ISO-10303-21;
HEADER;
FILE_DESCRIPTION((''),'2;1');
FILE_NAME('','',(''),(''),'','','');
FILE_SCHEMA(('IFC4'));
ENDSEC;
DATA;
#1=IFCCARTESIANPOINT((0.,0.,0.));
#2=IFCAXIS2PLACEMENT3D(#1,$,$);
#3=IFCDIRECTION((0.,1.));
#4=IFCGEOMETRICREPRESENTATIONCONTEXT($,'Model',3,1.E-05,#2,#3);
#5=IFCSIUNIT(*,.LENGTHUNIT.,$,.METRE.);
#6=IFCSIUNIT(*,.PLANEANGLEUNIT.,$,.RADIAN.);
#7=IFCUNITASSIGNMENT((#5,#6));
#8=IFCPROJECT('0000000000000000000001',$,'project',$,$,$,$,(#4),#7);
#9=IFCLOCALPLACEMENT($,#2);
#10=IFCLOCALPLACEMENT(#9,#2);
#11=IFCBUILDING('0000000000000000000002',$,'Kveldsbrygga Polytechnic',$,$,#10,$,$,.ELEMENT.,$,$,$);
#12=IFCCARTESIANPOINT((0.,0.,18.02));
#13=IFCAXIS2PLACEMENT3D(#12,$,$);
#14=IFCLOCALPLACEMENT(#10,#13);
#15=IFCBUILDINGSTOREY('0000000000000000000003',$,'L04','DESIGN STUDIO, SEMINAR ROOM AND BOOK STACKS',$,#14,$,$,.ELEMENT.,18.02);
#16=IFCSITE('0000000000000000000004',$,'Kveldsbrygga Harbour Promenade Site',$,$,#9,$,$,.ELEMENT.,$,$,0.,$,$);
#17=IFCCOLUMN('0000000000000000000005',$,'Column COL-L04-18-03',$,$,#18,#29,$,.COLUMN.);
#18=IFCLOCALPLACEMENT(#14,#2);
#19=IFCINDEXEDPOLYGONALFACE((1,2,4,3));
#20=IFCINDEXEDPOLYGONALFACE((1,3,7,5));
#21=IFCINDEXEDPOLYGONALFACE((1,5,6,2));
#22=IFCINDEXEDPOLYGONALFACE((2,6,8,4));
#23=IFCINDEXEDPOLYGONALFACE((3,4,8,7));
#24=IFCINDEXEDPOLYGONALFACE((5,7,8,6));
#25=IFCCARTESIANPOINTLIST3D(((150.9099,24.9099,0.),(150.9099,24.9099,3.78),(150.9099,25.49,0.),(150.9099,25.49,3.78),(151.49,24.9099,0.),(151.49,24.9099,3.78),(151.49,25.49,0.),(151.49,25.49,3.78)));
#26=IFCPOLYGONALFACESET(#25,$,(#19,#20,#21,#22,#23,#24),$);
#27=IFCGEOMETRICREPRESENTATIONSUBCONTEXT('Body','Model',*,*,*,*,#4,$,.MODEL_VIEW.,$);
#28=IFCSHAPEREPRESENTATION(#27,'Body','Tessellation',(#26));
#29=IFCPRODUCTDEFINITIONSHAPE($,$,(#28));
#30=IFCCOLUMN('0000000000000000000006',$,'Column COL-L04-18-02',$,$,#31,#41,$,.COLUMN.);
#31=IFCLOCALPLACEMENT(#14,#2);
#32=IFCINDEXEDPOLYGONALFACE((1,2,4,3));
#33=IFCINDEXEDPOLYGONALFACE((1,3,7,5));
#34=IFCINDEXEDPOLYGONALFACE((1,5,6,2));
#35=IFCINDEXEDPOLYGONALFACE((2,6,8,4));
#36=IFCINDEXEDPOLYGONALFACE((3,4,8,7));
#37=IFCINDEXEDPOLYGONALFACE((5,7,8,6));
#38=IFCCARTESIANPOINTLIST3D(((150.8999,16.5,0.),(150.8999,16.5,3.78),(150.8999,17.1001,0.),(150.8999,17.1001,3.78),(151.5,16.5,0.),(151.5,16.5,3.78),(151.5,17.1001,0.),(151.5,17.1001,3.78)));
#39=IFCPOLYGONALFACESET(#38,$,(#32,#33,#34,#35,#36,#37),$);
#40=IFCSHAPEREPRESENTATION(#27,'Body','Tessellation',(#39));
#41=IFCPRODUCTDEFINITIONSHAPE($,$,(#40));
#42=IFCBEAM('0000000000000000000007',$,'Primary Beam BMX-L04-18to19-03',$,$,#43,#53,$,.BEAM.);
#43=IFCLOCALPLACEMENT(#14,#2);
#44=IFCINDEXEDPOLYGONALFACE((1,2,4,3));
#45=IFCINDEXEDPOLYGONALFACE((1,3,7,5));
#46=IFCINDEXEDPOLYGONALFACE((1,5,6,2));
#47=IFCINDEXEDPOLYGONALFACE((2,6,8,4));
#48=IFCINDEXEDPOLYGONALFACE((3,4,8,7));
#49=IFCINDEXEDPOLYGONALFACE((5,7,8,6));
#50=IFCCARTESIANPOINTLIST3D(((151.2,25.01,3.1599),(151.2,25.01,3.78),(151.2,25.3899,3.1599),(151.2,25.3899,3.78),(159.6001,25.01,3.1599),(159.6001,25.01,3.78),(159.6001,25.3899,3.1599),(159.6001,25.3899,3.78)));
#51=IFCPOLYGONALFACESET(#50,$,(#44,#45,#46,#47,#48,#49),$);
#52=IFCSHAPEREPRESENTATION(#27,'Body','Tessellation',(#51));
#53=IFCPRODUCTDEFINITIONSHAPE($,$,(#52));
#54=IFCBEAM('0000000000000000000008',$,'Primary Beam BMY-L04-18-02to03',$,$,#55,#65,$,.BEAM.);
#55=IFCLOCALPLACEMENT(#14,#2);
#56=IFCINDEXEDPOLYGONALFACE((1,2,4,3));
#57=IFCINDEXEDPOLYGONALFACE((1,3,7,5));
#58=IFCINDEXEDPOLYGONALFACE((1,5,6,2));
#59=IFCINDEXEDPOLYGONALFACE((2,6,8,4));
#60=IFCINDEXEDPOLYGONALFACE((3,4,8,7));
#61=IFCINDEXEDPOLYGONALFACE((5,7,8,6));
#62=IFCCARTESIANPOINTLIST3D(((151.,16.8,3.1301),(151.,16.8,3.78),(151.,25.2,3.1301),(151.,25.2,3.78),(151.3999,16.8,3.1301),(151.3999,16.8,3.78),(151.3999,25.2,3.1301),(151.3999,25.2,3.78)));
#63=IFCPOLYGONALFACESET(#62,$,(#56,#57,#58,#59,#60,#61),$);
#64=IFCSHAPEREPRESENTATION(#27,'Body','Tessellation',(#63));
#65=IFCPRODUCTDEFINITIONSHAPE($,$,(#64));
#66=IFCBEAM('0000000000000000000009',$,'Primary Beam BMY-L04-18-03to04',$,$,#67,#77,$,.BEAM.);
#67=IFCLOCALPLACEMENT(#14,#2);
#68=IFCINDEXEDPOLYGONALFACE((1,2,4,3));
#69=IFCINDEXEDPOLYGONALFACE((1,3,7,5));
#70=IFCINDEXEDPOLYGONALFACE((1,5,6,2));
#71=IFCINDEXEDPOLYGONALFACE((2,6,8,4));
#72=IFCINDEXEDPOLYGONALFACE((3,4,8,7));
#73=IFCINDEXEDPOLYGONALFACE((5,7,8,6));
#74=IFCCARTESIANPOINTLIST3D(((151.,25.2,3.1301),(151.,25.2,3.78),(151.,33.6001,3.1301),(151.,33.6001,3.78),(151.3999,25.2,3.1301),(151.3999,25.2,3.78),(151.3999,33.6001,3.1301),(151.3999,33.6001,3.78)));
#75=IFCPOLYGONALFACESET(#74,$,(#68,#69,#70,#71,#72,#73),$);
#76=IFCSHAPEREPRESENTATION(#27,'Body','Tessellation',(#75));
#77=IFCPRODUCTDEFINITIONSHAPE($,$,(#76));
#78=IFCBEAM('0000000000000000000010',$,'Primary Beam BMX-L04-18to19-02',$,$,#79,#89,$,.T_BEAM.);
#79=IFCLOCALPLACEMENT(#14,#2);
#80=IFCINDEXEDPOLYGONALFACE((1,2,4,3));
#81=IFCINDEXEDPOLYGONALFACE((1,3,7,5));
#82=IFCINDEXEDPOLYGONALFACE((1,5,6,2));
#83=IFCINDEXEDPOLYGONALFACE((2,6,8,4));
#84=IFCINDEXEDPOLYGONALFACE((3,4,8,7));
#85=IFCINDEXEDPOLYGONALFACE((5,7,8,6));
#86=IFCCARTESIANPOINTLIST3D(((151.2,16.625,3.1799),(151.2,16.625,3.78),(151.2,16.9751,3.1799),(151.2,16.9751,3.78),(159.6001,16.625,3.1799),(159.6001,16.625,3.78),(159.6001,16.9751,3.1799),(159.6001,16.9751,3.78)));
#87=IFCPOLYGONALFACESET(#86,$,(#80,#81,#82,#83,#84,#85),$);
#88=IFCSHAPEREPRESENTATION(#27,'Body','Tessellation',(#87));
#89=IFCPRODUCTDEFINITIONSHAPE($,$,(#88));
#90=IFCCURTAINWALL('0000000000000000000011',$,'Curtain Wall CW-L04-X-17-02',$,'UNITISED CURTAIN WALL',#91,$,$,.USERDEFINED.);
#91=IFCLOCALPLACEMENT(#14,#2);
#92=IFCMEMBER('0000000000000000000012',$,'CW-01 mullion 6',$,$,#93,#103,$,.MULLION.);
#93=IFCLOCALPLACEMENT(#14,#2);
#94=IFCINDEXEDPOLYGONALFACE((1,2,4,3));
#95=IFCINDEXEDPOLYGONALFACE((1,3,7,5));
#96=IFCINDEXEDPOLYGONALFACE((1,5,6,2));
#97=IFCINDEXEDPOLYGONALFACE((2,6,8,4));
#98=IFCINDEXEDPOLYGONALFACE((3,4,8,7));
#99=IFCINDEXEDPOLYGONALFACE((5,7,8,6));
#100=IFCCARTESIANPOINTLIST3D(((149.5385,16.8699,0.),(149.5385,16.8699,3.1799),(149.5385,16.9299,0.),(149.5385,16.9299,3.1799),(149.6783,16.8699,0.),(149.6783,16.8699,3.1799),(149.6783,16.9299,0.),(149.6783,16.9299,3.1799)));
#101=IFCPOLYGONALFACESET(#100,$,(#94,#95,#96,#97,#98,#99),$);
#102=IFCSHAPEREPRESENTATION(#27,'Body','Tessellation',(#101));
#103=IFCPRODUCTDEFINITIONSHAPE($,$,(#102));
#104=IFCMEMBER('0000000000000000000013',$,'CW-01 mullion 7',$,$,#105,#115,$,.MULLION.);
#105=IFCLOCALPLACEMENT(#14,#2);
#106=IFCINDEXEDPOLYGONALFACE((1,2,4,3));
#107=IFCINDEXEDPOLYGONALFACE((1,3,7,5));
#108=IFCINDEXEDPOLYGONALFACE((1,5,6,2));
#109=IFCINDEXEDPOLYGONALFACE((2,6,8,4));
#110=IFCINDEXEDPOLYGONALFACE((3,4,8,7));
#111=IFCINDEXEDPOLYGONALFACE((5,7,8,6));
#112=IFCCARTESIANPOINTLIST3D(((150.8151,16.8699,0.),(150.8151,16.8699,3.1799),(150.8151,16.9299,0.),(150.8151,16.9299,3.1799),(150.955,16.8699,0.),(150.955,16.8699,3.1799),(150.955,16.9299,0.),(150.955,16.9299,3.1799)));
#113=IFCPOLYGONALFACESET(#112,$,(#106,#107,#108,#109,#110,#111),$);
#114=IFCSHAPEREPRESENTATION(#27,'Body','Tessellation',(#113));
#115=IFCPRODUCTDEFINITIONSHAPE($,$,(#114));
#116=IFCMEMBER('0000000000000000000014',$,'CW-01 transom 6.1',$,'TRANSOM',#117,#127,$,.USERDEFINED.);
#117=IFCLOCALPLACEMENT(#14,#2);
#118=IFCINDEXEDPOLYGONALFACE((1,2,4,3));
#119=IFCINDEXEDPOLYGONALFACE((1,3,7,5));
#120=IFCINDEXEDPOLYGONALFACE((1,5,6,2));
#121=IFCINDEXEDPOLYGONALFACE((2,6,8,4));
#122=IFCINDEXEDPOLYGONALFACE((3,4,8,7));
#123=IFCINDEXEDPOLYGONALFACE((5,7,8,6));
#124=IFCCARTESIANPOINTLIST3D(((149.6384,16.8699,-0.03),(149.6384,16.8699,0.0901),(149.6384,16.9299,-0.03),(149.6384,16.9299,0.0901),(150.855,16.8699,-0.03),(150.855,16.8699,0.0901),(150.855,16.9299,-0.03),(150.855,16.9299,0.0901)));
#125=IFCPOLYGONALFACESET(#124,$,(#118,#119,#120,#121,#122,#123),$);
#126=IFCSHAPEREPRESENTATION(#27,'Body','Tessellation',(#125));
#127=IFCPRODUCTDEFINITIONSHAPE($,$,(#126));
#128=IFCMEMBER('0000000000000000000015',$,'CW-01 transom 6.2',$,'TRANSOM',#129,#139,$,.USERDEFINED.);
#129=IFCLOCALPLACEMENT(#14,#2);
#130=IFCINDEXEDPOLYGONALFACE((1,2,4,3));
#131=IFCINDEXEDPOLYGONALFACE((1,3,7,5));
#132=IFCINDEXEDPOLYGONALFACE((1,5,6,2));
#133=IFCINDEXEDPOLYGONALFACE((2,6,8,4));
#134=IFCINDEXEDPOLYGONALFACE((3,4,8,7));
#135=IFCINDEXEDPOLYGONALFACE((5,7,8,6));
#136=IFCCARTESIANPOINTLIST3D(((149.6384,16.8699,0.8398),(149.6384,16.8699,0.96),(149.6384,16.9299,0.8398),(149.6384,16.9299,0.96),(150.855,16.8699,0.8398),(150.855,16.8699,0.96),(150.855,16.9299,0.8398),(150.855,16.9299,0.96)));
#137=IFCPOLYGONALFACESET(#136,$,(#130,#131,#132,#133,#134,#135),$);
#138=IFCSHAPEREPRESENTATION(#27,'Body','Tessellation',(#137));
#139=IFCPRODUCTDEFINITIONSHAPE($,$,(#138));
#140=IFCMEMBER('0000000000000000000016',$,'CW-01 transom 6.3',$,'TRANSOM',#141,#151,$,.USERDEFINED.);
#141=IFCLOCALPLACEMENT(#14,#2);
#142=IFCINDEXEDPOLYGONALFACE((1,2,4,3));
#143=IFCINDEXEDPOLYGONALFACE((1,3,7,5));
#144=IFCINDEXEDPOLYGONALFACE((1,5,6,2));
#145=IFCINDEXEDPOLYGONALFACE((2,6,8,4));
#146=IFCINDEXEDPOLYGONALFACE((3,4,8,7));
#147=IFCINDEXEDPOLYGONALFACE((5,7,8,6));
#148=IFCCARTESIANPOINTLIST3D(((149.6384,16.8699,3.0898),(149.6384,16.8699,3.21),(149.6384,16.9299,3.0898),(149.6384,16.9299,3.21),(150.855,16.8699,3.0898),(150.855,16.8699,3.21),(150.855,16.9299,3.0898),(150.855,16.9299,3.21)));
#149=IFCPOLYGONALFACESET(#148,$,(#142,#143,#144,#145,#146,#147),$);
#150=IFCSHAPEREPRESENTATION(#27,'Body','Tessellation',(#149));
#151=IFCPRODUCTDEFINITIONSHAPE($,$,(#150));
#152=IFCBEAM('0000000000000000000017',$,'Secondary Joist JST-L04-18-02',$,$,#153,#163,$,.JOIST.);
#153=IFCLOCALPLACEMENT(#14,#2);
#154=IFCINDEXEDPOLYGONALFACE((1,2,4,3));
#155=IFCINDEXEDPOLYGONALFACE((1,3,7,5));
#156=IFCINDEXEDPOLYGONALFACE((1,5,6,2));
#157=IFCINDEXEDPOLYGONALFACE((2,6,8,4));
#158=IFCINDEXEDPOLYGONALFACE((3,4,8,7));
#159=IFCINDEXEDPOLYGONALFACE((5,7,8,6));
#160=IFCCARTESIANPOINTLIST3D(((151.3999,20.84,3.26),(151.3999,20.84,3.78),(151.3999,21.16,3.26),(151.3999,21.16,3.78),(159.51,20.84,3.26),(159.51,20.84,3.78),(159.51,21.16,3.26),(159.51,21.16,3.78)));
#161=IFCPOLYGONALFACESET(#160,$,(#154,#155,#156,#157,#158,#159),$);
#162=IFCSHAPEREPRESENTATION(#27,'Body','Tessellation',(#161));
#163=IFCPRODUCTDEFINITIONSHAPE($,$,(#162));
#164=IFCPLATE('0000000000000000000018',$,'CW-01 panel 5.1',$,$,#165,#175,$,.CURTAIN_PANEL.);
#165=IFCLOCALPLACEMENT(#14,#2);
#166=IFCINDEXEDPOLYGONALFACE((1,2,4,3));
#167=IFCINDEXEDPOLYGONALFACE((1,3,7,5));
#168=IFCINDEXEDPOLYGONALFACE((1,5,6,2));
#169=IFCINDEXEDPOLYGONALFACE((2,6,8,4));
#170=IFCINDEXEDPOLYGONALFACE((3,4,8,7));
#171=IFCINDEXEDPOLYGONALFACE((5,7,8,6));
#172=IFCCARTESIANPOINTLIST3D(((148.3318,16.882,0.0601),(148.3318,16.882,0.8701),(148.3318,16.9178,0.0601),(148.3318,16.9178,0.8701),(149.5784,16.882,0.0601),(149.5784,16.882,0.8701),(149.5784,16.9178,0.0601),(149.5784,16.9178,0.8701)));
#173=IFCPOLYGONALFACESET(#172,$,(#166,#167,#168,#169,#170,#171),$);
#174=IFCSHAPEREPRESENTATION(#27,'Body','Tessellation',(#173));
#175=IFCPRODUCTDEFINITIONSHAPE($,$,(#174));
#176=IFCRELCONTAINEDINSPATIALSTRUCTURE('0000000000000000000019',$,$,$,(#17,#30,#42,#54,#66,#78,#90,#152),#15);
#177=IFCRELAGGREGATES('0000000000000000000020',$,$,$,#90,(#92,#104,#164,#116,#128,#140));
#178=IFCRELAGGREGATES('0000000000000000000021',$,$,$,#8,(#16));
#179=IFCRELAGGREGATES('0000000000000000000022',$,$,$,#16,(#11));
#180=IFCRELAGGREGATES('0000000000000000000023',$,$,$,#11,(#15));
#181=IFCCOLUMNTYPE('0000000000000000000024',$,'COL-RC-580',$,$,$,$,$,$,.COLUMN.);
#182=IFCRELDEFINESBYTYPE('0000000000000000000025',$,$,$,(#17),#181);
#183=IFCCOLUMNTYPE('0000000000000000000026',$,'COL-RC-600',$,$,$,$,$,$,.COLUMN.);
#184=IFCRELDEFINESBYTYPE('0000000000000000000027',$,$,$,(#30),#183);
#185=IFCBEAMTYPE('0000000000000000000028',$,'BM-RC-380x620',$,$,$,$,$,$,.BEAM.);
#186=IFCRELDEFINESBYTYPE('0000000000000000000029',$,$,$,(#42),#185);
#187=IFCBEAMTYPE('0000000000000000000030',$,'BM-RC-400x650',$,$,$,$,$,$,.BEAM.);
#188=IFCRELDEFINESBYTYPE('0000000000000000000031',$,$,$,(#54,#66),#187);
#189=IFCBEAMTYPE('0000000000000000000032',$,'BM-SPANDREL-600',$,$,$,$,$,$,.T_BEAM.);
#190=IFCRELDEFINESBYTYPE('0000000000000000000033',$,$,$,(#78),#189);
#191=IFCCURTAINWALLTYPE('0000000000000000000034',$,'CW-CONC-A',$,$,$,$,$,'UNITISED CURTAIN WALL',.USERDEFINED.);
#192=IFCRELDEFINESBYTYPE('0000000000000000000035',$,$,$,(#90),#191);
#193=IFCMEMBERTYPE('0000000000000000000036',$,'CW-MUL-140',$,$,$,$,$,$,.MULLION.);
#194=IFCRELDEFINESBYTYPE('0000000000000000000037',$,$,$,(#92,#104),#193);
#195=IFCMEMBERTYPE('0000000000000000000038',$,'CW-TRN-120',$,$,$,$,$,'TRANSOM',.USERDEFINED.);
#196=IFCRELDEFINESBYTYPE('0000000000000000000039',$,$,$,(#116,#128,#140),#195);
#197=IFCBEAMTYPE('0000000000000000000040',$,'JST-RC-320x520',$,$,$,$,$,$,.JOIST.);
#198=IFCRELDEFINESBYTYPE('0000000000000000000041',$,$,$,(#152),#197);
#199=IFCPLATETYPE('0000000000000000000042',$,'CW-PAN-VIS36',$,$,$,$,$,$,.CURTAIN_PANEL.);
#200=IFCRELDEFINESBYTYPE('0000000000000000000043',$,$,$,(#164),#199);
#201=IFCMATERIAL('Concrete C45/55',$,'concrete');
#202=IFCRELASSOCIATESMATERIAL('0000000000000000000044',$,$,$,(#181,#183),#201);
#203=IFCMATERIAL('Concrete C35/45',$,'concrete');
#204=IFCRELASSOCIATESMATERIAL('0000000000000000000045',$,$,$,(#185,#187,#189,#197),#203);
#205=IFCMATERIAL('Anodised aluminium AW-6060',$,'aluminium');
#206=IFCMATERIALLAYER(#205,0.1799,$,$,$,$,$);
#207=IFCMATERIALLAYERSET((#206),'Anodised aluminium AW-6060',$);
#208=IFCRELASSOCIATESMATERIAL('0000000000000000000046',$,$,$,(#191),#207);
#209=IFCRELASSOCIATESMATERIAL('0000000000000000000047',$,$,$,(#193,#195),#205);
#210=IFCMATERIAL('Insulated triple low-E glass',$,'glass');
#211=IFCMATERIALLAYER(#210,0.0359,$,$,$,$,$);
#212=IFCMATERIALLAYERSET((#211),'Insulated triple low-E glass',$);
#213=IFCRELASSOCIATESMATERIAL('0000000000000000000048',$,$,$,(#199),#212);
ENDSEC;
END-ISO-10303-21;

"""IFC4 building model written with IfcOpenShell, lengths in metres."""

from ifc_helpers import new_model, si_unit, direction, frame, origin, origin_2d, place, context, subcontext, project, spatial, rectangle, extrude, material, layer, layer_set, material_profile, profile_set, type_object, element, aggregate, save


model = new_model("IFC4")

# Units and contexts
model_context = context("Model", 3, precision=1e-05, world=origin(), true_north=direction((0.0, 1.0)))
body_context = subcontext(model_context, "Body", "Model", "MODEL_VIEW")
ifc_project = project(units=[si_unit("LENGTHUNIT", "METRE"), si_unit("PLANEANGLEUNIT", "RADIAN")], contexts=[model_context])

# Site, building, storey
site_placement = place(None, origin())
site = spatial("IfcSite", under=ifc_project, at=site_placement, Name="Kveldsbrygga Harbour Promenade Site", CompositionType="ELEMENT", RefElevation=0.0)
building_placement = place(site_placement, origin())
building = spatial("IfcBuilding", under=site, at=building_placement, Name="Kveldsbrygga Polytechnic", CompositionType="ELEMENT")
storey_placement = place(building_placement, frame((0.0, 0.0, 18.02)))
storey = spatial("IfcBuildingStorey", under=building, at=storey_placement, Name="L04", Description="DESIGN STUDIO, SEMINAR ROOM AND BOOK STACKS", CompositionType="ELEMENT", Elevation=18.02)

# Columns
ifc_material_1 = material(Name="Concrete C45/55", Category="concrete")
ifc_material_profile_1 = material_profile(ifc_material_1, rectangle(XDim=0.5801, YDim=0.5801, at=origin_2d()), Name="RC 580x580")
ifc_profile_set_1 = profile_set([ifc_material_profile_1], Name="Concrete C45/55")
column_type_1 = type_object("IfcColumnType", Name="COL-RC-580", PredefinedType="COLUMN", material=ifc_profile_set_1)
column_1_placement = place(storey_placement, frame((151.2, 25.2, 0.0), z_axis=(0.0, 0.0, 1.0), x_axis=(1.0, 0.0, 0.0)))
element("IfcColumn", 1, at=column_1_placement, inside=storey, type_object=column_type_1, Name="Column COL-L04-18-03", PredefinedType="COLUMN", context=body_context, shape_type="SweptSolid", body=[
    extrude(rectangle(XDim=0.5801, YDim=0.5801, at=origin_2d()), origin(), (0.0, 0.0, 1.0), 3.78),
])
ifc_material_profile_2 = material_profile(ifc_material_1, rectangle(XDim=0.6001, YDim=0.6001, at=origin_2d()), Name="RC 600x600")
ifc_profile_set_2 = profile_set([ifc_material_profile_2], Name="Concrete C45/55")
column_type_2 = type_object("IfcColumnType", Name="COL-RC-600", PredefinedType="COLUMN", material=ifc_profile_set_2)
column_2_placement = place(storey_placement, frame((151.2, 16.8, 0.0), z_axis=(0.0, 0.0, 1.0), x_axis=(1.0, 0.0, 0.0)))
element("IfcColumn", 2, at=column_2_placement, inside=storey, type_object=column_type_2, Name="Column COL-L04-18-02", PredefinedType="COLUMN", context=body_context, shape_type="SweptSolid", body=[
    extrude(rectangle(XDim=0.6001, YDim=0.6001, at=origin_2d()), origin(), (0.0, 0.0, 1.0), 3.78),
])

# Beams
ifc_material_2 = material(Name="Concrete C35/45", Category="concrete")
ifc_material_profile_3 = material_profile(ifc_material_2, rectangle(XDim=0.3799, YDim=0.6201, at=origin_2d()), Name="RC 380x620")
ifc_profile_set_3 = profile_set([ifc_material_profile_3], Name="Concrete C35/45")
beam_type_1 = type_object("IfcBeamType", Name="BM-RC-380x620", PredefinedType="BEAM", material=ifc_profile_set_3)
beam_1_placement = place(storey_placement, frame((151.2, 25.2, 3.47), z_axis=(1.0, 0.0, 0.0), x_axis=(0.0, 1.0, 0.0)))
element("IfcBeam", 3, at=beam_1_placement, inside=storey, type_object=beam_type_1, Name="Primary Beam BMX-L04-18to19-03", PredefinedType="BEAM", context=body_context, shape_type="SweptSolid", body=[
    extrude(rectangle(XDim=0.3799, YDim=0.6201, at=origin_2d()), origin(), (0.0, 0.0, 1.0), 8.4001),
])
ifc_material_profile_4 = material_profile(ifc_material_2, rectangle(XDim=0.3999, YDim=0.6499, at=origin_2d()), Name="RC 400x650")
ifc_profile_set_4 = profile_set([ifc_material_profile_4], Name="Concrete C35/45")
beam_type_2 = type_object("IfcBeamType", Name="BM-RC-400x650", PredefinedType="BEAM", material=ifc_profile_set_4)
beam_2_placement = place(storey_placement, frame((151.2, 16.8, 3.4551), z_axis=(0.0, 1.0, 0.0), x_axis=(-1.0, 0.0, 0.0)))
element("IfcBeam", 4, at=beam_2_placement, inside=storey, type_object=beam_type_2, Name="Primary Beam BMY-L04-18-02to03", PredefinedType="BEAM", context=body_context, shape_type="SweptSolid", body=[
    extrude(rectangle(XDim=0.3999, YDim=0.6499, at=origin_2d()), origin(), (0.0, 0.0, 1.0), 8.3999),
])
beam_3_placement = place(storey_placement, frame((151.2, 25.2, 3.4551), z_axis=(0.0, 1.0, 0.0), x_axis=(-1.0, 0.0, 0.0)))
element("IfcBeam", 5, at=beam_3_placement, inside=storey, type_object=beam_type_2, Name="Primary Beam BMY-L04-18-03to04", PredefinedType="BEAM", context=body_context, shape_type="SweptSolid", body=[
    extrude(rectangle(XDim=0.3999, YDim=0.6499, at=origin_2d()), origin(), (0.0, 0.0, 1.0), 8.4001),
])
ifc_material_profile_5 = material_profile(ifc_material_2, rectangle(XDim=0.3501, YDim=0.6001, at=origin_2d()), Name="RC 350x600")
ifc_profile_set_5 = profile_set([ifc_material_profile_5], Name="Concrete C35/45")
beam_type_3 = type_object("IfcBeamType", Name="BM-SPANDREL-600", PredefinedType="T_BEAM", material=ifc_profile_set_5)
beam_4_placement = place(storey_placement, frame((151.2, 16.8, 3.48), z_axis=(1.0, 0.0, 0.0), x_axis=(0.0, 1.0, 0.0)))
element("IfcBeam", 6, at=beam_4_placement, inside=storey, type_object=beam_type_3, Name="Primary Beam BMX-L04-18to19-02", PredefinedType="T_BEAM", context=body_context, shape_type="SweptSolid", body=[
    extrude(rectangle(XDim=0.3501, YDim=0.6001, at=origin_2d()), origin(), (0.0, 0.0, 1.0), 8.4001),
])

# Curtain wall, members
ifc_material_3 = material(Name="Anodised aluminium AW-6060", Category="aluminium")
ifc_layer_1 = layer(ifc_material_3, 0.1799)
ifc_layer_set_1 = layer_set([ifc_layer_1], Name="Anodised aluminium AW-6060")
curtain_wall_type = type_object("IfcCurtainWallType", Name="CW-CONC-A", ElementType="UNITISED CURTAIN WALL", PredefinedType="USERDEFINED", material=ifc_layer_set_1)
curtain_wall_placement = place(storey_placement, origin())
curtain_wall = element("IfcCurtainWall", 7, at=curtain_wall_placement, inside=storey, type_object=curtain_wall_type, Name="Curtain Wall CW-L04-X-17-02", ObjectType="UNITISED CURTAIN WALL", PredefinedType="USERDEFINED")
ifc_material_profile_6 = material_profile(ifc_material_3, rectangle(XDim=0.0601, YDim=0.1399, at=origin_2d()), Name="ALU 60x140")
ifc_profile_set_6 = profile_set([ifc_material_profile_6], Name="Anodised aluminium AW-6060")
member_type_1 = type_object("IfcMemberType", Name="CW-MUL-140", PredefinedType="MULLION", material=ifc_profile_set_6)
member_1_placement = place(storey_placement, frame((149.6084, 16.8999, 0.0), z_axis=(0.0, 0.0, 1.0), x_axis=(0.0, 1.0, 0.0)))
member_1 = element("IfcMember", 8, at=member_1_placement, type_object=member_type_1, Name="CW-01 mullion 6", PredefinedType="MULLION", context=body_context, shape_type="SweptSolid", body=[
    extrude(rectangle(XDim=0.0601, YDim=0.1399, at=origin_2d()), origin(), (0.0, 0.0, 1.0), 3.1799),
])
member_2_placement = place(storey_placement, frame((150.885, 16.8999, 0.0), z_axis=(0.0, 0.0, 1.0), x_axis=(0.0, 1.0, 0.0)))
member_2 = element("IfcMember", 9, at=member_2_placement, type_object=member_type_1, Name="CW-01 mullion 7", PredefinedType="MULLION", context=body_context, shape_type="SweptSolid", body=[
    extrude(rectangle(XDim=0.0601, YDim=0.1399, at=origin_2d()), origin(), (0.0, 0.0, 1.0), 3.1799),
])
ifc_material_profile_7 = material_profile(ifc_material_3, rectangle(XDim=0.0601, YDim=0.1201, at=origin_2d()), Name="ALU 60x120")
ifc_profile_set_7 = profile_set([ifc_material_profile_7], Name="Anodised aluminium AW-6060")
member_type_2 = type_object("IfcMemberType", Name="CW-TRN-120", ElementType="TRANSOM", PredefinedType="USERDEFINED", material=ifc_profile_set_7)
member_3_placement = place(storey_placement, frame((149.6384, 16.8999, 0.03), z_axis=(1.0, 0.0, 0.0), x_axis=(0.0, 1.0, 0.0)))
member_3 = element("IfcMember", 10, at=member_3_placement, type_object=member_type_2, Name="CW-01 transom 6.1", ObjectType="TRANSOM", PredefinedType="USERDEFINED", context=body_context, shape_type="SweptSolid", body=[
    extrude(rectangle(XDim=0.0601, YDim=0.1201, at=origin_2d()), origin(), (0.0, 0.0, 1.0), 1.2166),
])
member_4_placement = place(storey_placement, frame((149.6384, 16.8999, 0.8999), z_axis=(1.0, 0.0, 0.0), x_axis=(0.0, 1.0, 0.0)))
member_4 = element("IfcMember", 11, at=member_4_placement, type_object=member_type_2, Name="CW-01 transom 6.2", ObjectType="TRANSOM", PredefinedType="USERDEFINED", context=body_context, shape_type="SweptSolid", body=[
    extrude(rectangle(XDim=0.0601, YDim=0.1201, at=origin_2d()), origin(), (0.0, 0.0, 1.0), 1.2166),
])
member_5_placement = place(storey_placement, frame((149.6384, 16.8999, 3.1499), z_axis=(1.0, 0.0, 0.0), x_axis=(0.0, 1.0, 0.0)))
member_5 = element("IfcMember", 12, at=member_5_placement, type_object=member_type_2, Name="CW-01 transom 6.3", ObjectType="TRANSOM", PredefinedType="USERDEFINED", context=body_context, shape_type="SweptSolid", body=[
    extrude(rectangle(XDim=0.0601, YDim=0.1201, at=origin_2d()), origin(), (0.0, 0.0, 1.0), 1.2166),
])

# Beam
ifc_material_profile_8 = material_profile(ifc_material_2, rectangle(XDim=0.3201, YDim=0.52, at=origin_2d()), Name="RC 320x520")
ifc_profile_set_8 = profile_set([ifc_material_profile_8], Name="Concrete C35/45")
beam_type_4 = type_object("IfcBeamType", Name="JST-RC-320x520", PredefinedType="JOIST", material=ifc_profile_set_8)
beam_5_placement = place(storey_placement, frame((151.3999, 21.0, 3.52), z_axis=(1.0, 0.0, 0.0), x_axis=(0.0, 1.0, 0.0)))
element("IfcBeam", 13, at=beam_5_placement, inside=storey, type_object=beam_type_4, Name="Secondary Joist JST-L04-18-02", PredefinedType="JOIST", context=body_context, shape_type="SweptSolid", body=[
    extrude(rectangle(XDim=0.3201, YDim=0.52, at=origin_2d()), origin(), (0.0, 0.0, 1.0), 8.1101),
])

# Plate
ifc_material_4 = material(Name="Insulated triple low-E glass", Category="glass")
ifc_layer_2 = layer(ifc_material_4, 0.0359)
ifc_layer_set_2 = layer_set([ifc_layer_2], Name="Insulated triple low-E glass")
plate_type = type_object("IfcPlateType", Name="CW-PAN-VIS36", PredefinedType="CURTAIN_PANEL", material=ifc_layer_set_2)
plate_1_placement = place(storey_placement, frame((148.9551, 16.8999, 0.0601), z_axis=(0.0, 0.0, 1.0), x_axis=(1.0, 0.0, 0.0)))
plate_1 = element("IfcPlate", 14, at=plate_1_placement, type_object=plate_type, Name="CW-01 panel 5.1", PredefinedType="CURTAIN_PANEL", context=body_context, shape_type="SweptSolid", body=[
    extrude(rectangle(XDim=1.2466, YDim=0.0359, at=origin_2d()), origin(), (0.0, 0.0, 1.0), 0.8101),
])
aggregate(curtain_wall, [member_1, member_2, plate_1, member_3, member_4, member_5])

save(model, "model.ifc")
